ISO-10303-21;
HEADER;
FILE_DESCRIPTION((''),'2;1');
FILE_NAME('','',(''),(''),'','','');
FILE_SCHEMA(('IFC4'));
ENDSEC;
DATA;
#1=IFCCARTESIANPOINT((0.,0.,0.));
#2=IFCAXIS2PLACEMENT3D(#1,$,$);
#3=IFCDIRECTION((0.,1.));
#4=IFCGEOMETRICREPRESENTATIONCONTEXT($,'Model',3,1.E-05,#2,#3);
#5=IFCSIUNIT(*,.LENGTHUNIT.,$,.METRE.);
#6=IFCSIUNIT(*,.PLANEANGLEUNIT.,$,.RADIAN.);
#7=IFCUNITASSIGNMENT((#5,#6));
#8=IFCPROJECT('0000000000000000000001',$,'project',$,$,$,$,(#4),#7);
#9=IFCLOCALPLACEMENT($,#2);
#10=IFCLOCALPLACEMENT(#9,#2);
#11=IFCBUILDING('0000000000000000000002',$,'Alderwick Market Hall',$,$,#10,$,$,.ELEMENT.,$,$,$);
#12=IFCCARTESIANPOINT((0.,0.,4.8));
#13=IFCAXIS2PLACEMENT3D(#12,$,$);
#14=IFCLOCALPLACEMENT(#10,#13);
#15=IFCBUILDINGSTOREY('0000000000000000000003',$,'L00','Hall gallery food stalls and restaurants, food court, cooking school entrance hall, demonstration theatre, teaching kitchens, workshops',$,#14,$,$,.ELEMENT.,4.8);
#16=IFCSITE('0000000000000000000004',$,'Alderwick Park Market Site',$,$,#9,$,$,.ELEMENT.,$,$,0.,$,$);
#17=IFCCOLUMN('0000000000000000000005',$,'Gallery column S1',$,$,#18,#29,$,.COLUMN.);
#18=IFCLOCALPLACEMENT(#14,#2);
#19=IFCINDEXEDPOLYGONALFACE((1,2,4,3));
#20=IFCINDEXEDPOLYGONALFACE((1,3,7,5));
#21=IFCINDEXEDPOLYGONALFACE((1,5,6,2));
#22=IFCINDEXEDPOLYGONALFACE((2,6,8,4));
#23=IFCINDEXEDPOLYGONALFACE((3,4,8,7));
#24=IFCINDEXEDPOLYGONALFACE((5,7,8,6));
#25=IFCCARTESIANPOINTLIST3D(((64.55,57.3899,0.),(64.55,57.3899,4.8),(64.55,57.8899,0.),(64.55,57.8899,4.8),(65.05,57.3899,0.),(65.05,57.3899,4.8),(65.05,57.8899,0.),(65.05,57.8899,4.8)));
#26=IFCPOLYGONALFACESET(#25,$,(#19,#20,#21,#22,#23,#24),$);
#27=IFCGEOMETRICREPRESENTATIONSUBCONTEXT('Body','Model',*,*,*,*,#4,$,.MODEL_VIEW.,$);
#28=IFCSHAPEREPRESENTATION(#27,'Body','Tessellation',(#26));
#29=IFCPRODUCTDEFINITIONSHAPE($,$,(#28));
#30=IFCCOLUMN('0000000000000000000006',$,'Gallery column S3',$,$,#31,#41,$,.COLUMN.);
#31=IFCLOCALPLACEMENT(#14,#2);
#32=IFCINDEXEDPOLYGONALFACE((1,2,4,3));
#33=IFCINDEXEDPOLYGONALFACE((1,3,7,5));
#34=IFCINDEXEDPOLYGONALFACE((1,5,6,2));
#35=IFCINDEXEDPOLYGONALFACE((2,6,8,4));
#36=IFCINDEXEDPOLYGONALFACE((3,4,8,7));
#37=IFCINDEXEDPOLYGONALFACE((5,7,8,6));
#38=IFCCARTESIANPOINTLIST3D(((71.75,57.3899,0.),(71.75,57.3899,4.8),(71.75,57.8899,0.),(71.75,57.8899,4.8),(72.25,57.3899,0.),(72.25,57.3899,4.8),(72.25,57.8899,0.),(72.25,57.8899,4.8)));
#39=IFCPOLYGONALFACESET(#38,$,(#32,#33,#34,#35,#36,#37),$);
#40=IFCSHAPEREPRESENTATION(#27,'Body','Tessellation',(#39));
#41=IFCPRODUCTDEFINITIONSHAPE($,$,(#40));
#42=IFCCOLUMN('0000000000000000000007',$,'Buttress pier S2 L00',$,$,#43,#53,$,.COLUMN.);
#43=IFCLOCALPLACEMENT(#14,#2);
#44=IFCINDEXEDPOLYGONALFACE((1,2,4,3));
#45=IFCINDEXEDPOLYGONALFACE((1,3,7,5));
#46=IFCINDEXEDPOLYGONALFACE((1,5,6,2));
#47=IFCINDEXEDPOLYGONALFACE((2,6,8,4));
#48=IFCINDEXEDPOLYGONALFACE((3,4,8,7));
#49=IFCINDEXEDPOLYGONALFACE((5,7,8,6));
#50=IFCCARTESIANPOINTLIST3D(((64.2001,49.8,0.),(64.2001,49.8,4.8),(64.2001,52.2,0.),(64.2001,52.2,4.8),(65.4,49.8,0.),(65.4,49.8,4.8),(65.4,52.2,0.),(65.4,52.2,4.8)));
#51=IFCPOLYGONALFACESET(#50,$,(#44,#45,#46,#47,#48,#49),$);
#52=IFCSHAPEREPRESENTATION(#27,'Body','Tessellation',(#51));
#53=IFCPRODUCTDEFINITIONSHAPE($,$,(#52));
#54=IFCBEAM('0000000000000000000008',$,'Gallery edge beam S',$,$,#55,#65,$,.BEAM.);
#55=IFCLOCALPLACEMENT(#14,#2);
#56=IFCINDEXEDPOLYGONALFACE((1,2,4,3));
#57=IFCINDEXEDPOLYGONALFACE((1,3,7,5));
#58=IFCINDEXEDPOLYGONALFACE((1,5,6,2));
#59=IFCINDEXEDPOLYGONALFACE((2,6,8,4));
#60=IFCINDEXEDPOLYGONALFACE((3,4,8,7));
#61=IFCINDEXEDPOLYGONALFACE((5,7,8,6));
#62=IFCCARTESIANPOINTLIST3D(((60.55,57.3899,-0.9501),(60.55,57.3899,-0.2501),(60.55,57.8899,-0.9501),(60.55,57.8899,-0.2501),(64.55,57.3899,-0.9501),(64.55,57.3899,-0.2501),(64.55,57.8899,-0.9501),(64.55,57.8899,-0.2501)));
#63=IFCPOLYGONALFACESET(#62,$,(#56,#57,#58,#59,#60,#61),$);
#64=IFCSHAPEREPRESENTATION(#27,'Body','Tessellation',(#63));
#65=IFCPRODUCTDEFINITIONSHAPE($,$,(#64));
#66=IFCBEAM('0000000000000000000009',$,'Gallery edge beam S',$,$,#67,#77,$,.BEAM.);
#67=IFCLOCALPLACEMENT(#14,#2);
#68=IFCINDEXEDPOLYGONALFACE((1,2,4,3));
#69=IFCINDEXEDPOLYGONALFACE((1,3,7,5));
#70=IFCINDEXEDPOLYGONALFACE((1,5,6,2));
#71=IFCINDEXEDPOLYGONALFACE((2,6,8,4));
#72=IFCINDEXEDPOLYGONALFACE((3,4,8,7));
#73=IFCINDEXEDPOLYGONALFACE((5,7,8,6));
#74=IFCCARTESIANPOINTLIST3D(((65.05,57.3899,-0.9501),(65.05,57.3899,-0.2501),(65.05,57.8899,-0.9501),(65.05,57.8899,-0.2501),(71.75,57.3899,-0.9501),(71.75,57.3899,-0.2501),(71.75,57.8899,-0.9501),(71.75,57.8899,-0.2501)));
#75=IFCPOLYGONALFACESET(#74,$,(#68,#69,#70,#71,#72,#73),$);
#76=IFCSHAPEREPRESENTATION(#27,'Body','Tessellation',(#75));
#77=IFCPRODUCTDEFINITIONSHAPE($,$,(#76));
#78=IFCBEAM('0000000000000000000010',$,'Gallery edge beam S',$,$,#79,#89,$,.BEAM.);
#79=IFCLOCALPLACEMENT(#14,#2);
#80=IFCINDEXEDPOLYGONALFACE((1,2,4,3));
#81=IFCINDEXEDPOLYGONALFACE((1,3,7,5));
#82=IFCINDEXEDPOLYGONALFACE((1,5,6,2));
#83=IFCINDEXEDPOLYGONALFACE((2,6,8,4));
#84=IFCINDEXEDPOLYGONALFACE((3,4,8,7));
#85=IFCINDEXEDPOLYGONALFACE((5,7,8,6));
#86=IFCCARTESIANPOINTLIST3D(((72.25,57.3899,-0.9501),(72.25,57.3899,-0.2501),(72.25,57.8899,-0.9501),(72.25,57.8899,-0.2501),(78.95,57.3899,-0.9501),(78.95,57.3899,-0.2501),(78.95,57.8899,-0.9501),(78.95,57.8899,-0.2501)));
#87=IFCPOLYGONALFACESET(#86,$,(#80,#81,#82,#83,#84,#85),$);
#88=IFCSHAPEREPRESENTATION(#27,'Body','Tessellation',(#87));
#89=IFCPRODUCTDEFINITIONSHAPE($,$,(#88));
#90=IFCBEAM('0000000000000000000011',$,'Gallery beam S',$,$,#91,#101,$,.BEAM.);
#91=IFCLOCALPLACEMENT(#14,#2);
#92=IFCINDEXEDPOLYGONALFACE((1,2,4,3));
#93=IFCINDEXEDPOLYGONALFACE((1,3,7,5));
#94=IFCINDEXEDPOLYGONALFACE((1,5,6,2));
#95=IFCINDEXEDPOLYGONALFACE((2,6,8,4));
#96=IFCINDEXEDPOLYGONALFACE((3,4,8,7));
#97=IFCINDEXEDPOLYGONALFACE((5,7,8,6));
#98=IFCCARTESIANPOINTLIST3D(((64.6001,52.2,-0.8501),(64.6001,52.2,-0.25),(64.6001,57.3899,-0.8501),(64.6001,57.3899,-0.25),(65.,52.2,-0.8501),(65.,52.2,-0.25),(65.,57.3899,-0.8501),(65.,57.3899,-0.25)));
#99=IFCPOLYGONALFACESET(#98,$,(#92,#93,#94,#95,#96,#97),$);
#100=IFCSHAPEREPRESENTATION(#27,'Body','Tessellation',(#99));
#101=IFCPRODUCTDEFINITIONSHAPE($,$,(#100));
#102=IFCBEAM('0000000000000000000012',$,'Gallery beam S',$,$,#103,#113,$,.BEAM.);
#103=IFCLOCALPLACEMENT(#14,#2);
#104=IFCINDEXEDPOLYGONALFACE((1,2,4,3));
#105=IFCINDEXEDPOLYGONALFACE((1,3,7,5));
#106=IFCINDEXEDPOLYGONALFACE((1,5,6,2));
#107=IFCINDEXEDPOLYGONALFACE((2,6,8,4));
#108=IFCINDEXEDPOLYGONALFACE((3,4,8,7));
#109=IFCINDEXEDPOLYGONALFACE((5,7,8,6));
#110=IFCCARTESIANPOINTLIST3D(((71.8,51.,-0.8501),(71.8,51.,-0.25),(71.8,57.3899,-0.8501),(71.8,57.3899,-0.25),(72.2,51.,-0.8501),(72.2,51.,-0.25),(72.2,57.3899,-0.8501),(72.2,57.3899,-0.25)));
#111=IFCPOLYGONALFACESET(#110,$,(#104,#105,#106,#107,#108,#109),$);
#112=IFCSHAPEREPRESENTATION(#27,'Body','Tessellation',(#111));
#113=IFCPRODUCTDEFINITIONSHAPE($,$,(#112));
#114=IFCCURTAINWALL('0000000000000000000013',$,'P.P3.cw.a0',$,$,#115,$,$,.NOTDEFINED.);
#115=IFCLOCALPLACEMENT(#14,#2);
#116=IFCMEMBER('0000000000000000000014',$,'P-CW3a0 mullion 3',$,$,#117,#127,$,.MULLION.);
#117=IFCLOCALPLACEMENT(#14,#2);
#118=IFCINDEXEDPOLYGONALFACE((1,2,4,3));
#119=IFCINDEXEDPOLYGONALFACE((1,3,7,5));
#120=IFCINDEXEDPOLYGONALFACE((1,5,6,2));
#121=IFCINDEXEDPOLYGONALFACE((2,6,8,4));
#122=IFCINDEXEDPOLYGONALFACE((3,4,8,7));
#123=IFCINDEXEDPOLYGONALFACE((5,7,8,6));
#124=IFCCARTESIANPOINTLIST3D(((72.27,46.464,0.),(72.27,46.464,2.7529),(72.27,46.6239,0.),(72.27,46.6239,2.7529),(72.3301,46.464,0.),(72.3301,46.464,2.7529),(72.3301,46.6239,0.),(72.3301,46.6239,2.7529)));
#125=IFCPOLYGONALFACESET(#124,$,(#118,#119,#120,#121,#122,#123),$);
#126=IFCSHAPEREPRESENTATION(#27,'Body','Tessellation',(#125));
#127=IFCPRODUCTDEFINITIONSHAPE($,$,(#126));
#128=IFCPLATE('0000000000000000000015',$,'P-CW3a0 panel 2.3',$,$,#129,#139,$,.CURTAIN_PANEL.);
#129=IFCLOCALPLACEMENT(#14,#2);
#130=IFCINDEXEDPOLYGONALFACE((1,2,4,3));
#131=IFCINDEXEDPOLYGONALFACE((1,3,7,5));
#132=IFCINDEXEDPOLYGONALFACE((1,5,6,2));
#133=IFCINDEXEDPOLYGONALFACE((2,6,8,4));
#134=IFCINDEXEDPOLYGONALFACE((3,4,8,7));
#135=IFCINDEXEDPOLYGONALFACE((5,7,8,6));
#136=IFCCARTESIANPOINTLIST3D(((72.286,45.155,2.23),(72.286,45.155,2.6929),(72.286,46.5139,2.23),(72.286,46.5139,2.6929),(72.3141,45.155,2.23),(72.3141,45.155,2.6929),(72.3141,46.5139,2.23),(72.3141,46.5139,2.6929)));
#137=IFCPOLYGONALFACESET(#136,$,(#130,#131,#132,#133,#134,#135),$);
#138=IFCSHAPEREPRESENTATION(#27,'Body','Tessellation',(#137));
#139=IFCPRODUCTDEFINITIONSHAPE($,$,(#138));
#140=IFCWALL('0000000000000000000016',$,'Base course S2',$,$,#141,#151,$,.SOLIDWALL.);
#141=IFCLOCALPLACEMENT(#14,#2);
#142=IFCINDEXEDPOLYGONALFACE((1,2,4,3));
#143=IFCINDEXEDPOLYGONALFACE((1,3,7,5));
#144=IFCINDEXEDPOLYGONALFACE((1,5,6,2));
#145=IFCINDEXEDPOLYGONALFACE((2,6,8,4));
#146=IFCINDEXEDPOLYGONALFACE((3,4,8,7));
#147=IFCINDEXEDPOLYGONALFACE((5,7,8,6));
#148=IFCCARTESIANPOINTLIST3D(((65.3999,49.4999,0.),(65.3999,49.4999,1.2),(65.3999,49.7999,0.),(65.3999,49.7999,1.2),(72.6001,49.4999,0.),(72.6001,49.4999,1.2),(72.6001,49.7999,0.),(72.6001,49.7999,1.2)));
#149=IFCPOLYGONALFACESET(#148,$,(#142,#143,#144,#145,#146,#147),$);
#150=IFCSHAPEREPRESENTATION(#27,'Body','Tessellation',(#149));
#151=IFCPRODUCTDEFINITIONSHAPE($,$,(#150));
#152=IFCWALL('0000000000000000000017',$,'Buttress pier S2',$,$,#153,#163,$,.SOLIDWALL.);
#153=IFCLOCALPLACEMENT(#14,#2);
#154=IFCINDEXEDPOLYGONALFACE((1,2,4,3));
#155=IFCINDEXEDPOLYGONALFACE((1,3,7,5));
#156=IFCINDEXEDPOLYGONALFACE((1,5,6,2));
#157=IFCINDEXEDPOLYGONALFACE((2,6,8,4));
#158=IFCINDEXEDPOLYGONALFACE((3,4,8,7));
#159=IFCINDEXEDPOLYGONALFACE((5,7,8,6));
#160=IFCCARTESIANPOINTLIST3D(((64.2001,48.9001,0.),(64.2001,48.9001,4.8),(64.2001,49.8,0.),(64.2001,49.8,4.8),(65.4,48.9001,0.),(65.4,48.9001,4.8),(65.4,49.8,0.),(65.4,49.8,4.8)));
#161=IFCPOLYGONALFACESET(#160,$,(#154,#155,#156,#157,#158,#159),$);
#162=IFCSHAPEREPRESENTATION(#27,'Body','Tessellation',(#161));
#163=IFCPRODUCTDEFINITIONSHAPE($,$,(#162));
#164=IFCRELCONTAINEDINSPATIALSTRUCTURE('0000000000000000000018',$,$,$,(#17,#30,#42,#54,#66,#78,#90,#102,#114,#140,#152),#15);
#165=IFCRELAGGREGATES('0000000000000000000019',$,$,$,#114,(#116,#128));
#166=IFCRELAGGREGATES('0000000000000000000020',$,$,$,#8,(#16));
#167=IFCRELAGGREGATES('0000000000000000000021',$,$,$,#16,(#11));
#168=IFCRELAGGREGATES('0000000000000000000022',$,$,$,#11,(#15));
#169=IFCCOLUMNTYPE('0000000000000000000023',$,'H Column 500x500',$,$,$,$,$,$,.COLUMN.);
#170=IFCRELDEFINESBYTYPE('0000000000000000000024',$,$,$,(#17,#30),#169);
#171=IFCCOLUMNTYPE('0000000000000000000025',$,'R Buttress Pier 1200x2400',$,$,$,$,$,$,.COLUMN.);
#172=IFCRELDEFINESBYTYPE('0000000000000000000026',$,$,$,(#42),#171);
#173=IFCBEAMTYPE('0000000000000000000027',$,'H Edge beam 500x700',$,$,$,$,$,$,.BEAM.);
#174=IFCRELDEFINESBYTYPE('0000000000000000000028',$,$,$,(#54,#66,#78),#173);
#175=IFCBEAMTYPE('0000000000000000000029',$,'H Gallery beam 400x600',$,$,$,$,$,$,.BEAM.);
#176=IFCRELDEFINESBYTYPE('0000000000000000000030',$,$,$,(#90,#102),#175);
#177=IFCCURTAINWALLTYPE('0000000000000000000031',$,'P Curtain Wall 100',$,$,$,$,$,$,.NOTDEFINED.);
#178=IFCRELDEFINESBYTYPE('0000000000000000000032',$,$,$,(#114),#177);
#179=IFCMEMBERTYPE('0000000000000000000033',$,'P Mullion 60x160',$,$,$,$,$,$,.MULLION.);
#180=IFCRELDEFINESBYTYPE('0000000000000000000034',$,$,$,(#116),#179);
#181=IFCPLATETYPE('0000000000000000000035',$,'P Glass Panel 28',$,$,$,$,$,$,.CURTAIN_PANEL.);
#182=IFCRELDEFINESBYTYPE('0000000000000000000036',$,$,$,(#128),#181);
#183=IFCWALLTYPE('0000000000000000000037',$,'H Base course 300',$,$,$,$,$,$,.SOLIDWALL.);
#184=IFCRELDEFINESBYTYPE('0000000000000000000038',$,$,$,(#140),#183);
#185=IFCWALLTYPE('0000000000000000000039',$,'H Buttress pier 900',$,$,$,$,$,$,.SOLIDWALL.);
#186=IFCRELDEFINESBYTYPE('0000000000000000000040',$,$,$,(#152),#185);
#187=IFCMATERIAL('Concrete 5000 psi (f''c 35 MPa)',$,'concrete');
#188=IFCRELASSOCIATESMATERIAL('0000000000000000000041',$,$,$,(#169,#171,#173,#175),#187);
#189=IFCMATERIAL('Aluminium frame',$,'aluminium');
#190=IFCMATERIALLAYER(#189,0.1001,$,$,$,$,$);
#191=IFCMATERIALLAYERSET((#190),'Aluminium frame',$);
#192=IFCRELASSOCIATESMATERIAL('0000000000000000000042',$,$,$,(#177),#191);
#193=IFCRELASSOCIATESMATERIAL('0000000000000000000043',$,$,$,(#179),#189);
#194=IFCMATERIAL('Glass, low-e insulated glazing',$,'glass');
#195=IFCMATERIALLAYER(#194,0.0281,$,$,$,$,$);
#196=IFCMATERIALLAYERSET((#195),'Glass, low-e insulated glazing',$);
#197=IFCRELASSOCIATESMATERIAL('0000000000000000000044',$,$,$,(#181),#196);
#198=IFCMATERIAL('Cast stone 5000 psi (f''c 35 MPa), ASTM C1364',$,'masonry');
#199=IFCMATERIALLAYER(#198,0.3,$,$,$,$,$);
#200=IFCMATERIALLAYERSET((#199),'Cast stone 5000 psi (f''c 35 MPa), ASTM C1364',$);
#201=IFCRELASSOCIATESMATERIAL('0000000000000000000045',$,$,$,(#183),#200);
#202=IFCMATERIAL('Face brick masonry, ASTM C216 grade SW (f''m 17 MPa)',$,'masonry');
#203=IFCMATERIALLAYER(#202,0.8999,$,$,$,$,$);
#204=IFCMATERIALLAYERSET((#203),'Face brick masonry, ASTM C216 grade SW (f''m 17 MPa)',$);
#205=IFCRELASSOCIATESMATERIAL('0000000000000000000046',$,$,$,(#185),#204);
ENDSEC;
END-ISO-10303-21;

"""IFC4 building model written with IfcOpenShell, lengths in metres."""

from ifc_helpers import new_model, si_unit, direction, frame, frame_2d, origin, origin_2d, place, context, subcontext, project, spatial, rectangle, extrude, material, layer, layer_set, material_profile, profile_set, type_object, element, aggregate, save


model = new_model("IFC4")

# Units and contexts
model_context = context("Model", 3, precision=1e-05, world=origin(), true_north=direction((0.0, 1.0)))
body_context = subcontext(model_context, "Body", "Model", "MODEL_VIEW")
ifc_project = project(units=[si_unit("LENGTHUNIT", "METRE"), si_unit("PLANEANGLEUNIT", "RADIAN")], contexts=[model_context])

# Site, building, storey
site_placement = place(None, origin())
site = spatial("IfcSite", under=ifc_project, at=site_placement, Name="Alderwick Park Market Site", CompositionType="ELEMENT", RefElevation=0.0)
building_placement = place(site_placement, origin())
building = spatial("IfcBuilding", under=site, at=building_placement, Name="Alderwick Market Hall", CompositionType="ELEMENT")
storey_placement = place(building_placement, frame((0.0, 0.0, 4.8)))
storey = spatial("IfcBuildingStorey", under=building, at=storey_placement, Name="L00", Description="Hall gallery food stalls and restaurants, food court, cooking school entrance hall, demonstration theatre, teaching kitchens, workshops", CompositionType="ELEMENT", Elevation=4.8)

# Columns
ifc_material_1 = material(Name="Concrete 5000 psi (f'c 35 MPa)", Category="concrete")
ifc_material_profile_1 = material_profile(ifc_material_1, rectangle(XDim=0.5, YDim=0.5, at=origin_2d()), Name="RC 500x500")
ifc_profile_set_1 = profile_set([ifc_material_profile_1], Name="Concrete 5000 psi (f'c 35 MPa)")
column_type_1 = type_object("IfcColumnType", Name="H Column 500x500", PredefinedType="COLUMN", material=ifc_profile_set_1)
for number, where, z_axis, x_axis, name in (
    (1, (64.8, 57.6399, 0.0), (0.0, 0.0, 1.0), (1.0, 0.0, 0.0), "Gallery column S1"),
    (2, (72.0, 57.6399, 0.0), (0.0, 0.0, 1.0), (1.0, 0.0, 0.0), "Gallery column S3"),
):
    element("IfcColumn", number, at=place(storey_placement, frame(where, z_axis=z_axis, x_axis=x_axis)), inside=storey, type_object=column_type_1, Name=name, PredefinedType="COLUMN", context=body_context, shape_type="SweptSolid", body=[
        extrude(rectangle(XDim=0.5, YDim=0.5, at=origin_2d()), origin(), (0.0, 0.0, 1.0), 4.8),
    ])
ifc_material_profile_2 = material_profile(ifc_material_1, rectangle(XDim=1.2, YDim=2.3999, at=origin_2d()), Name="RC 1200x2400")
ifc_profile_set_2 = profile_set([ifc_material_profile_2], Name="Concrete 5000 psi (f'c 35 MPa)")
column_type_2 = type_object("IfcColumnType", Name="R Buttress Pier 1200x2400", PredefinedType="COLUMN", material=ifc_profile_set_2)
column_placement = place(storey_placement, frame((64.8, 51.0, 0.0), z_axis=(0.0, 0.0, 1.0), x_axis=(1.0, 0.0, 0.0)))
element("IfcColumn", 3, at=column_placement, inside=storey, type_object=column_type_2, Name="Buttress pier S2 L00", PredefinedType="COLUMN", context=body_context, shape_type="SweptSolid", body=[
    extrude(rectangle(XDim=1.2, YDim=2.3999, at=origin_2d()), origin(), (0.0, 0.0, 1.0), 4.8),
])

# Beams
ifc_material_profile_3 = material_profile(ifc_material_1, rectangle(XDim=0.5, YDim=0.7, at=origin_2d()), Name="RC 500x700")
ifc_profile_set_3 = profile_set([ifc_material_profile_3], Name="Concrete 5000 psi (f'c 35 MPa)")
beam_type_1 = type_object("IfcBeamType", Name="H Edge beam 500x700", PredefinedType="BEAM", material=ifc_profile_set_3)
beam_1_placement = place(storey_placement, frame((60.55, 57.6399, -0.6001), z_axis=(1.0, 0.0, 0.0), x_axis=(0.0, 1.0, 0.0)))
element("IfcBeam", 4, at=beam_1_placement, inside=storey, type_object=beam_type_1, Name="Gallery edge beam S", PredefinedType="BEAM", context=body_context, shape_type="SweptSolid", body=[
    extrude(rectangle(XDim=0.5, YDim=0.7, at=origin_2d()), origin(), (0.0, 0.0, 1.0), 4.0),
])
for number, where, z_axis, x_axis, name in (
    (5, (65.05, 57.6399, -0.6001), (1.0, 0.0, 0.0), (0.0, 1.0, 0.0), "Gallery edge beam S"),
    (6, (72.25, 57.6399, -0.6001), (1.0, 0.0, 0.0), (0.0, 1.0, 0.0), "Gallery edge beam S"),
):
    element("IfcBeam", number, at=place(storey_placement, frame(where, z_axis=z_axis, x_axis=x_axis)), inside=storey, type_object=beam_type_1, Name=name, PredefinedType="BEAM", context=body_context, shape_type="SweptSolid", body=[
        extrude(rectangle(XDim=0.5, YDim=0.7, at=origin_2d()), origin(), (0.0, 0.0, 1.0), 6.7),
    ])
ifc_material_profile_4 = material_profile(ifc_material_1, rectangle(XDim=0.3999, YDim=0.6001, at=origin_2d()), Name="RC 400x600")
ifc_profile_set_4 = profile_set([ifc_material_profile_4], Name="Concrete 5000 psi (f'c 35 MPa)")
beam_type_2 = type_object("IfcBeamType", Name="H Gallery beam 400x600", PredefinedType="BEAM", material=ifc_profile_set_4)
beam_2_placement = place(storey_placement, frame((64.8, 52.2, -0.55), z_axis=(0.0, 1.0, 0.0), x_axis=(-1.0, 0.0, 0.0)))
element("IfcBeam", 7, at=beam_2_placement, inside=storey, type_object=beam_type_2, Name="Gallery beam S", PredefinedType="BEAM", context=body_context, shape_type="SweptSolid", body=[
    extrude(rectangle(XDim=0.3999, YDim=0.6001, at=origin_2d()), origin(), (0.0, 0.0, 1.0), 5.1899),
])
beam_3_placement = place(storey_placement, frame((72.0, 51.0, -0.55), z_axis=(0.0, 1.0, 0.0), x_axis=(-1.0, 0.0, 0.0)))
element("IfcBeam", 8, at=beam_3_placement, inside=storey, type_object=beam_type_2, Name="Gallery beam S", PredefinedType="BEAM", context=body_context, shape_type="SweptSolid", body=[
    extrude(rectangle(XDim=0.3999, YDim=0.6001, at=origin_2d()), origin(), (0.0, 0.0, 1.0), 6.3899),
])

# Curtain wall, member, plate
ifc_material_2 = material(Name="Aluminium frame", Category="aluminium")
ifc_layer_1 = layer(ifc_material_2, 0.1001)
ifc_layer_set_1 = layer_set([ifc_layer_1], Name="Aluminium frame")
curtain_wall_type = type_object("IfcCurtainWallType", Name="P Curtain Wall 100", PredefinedType="NOTDEFINED", material=ifc_layer_set_1)
curtain_wall_placement = place(storey_placement, origin())
curtain_wall = element("IfcCurtainWall", 9, at=curtain_wall_placement, inside=storey, type_object=curtain_wall_type, Name="P.P3.cw.a0", PredefinedType="NOTDEFINED")
ifc_material_profile_5 = material_profile(ifc_material_2, rectangle(XDim=0.0601, YDim=0.1599, at=origin_2d()), Name="P Mullion 60x160")
ifc_profile_set_5 = profile_set([ifc_material_profile_5], Name="Aluminium frame")
member_type = type_object("IfcMemberType", Name="P Mullion 60x160", PredefinedType="MULLION", material=ifc_profile_set_5)
member_placement = place(storey_placement, frame((72.3, 46.5439, 0.0), z_axis=(0.0, 0.0, 1.0), x_axis=(-1.0, 0.0, 0.0)))
member = element("IfcMember", 10, at=member_placement, type_object=member_type, Name="P-CW3a0 mullion 3", PredefinedType="MULLION", context=body_context, shape_type="SweptSolid", body=[
    extrude(rectangle(XDim=0.0601, YDim=0.1599, at=origin_2d()), origin(), (0.0, 0.0, 1.0), 2.7529),
])
ifc_material_3 = material(Name="Glass, low-e insulated glazing", Category="glass")
ifc_layer_2 = layer(ifc_material_3, 0.0281)
ifc_layer_set_2 = layer_set([ifc_layer_2], Name="Glass, low-e insulated glazing")
plate_type = type_object("IfcPlateType", Name="P Glass Panel 28", PredefinedType="CURTAIN_PANEL", material=ifc_layer_set_2)
plate_placement = place(storey_placement, frame((72.3, 45.8345, 2.23), z_axis=(0.0, 0.0, 1.0), x_axis=(0.0, 1.0, 0.0)))
plate = element("IfcPlate", 11, at=plate_placement, type_object=plate_type, Name="P-CW3a0 panel 2.3", PredefinedType="CURTAIN_PANEL", context=body_context, shape_type="SweptSolid", body=[
    extrude(rectangle(XDim=1.3589, YDim=0.0281, at=origin_2d()), origin(), (0.0, 0.0, 1.0), 0.4629),
])
aggregate(curtain_wall, [member, plate])

# Walls
ifc_material_4 = material(Name="Cast stone 5000 psi (f'c 35 MPa), ASTM C1364", Category="masonry")
ifc_layer_3 = layer(ifc_material_4, 0.3)
ifc_layer_set_3 = layer_set([ifc_layer_3], Name="Cast stone 5000 psi (f'c 35 MPa), ASTM C1364")
wall_type_1 = type_object("IfcWallType", Name="H Base course 300", PredefinedType="SOLIDWALL", material=ifc_layer_set_3)
wall_1_placement = place(storey_placement, frame((65.3999, 49.6499, 0.0), z_axis=(0.0, 0.0, 1.0), x_axis=(1.0, 0.0, 0.0)))
element("IfcWall", 12, at=wall_1_placement, inside=storey, type_object=wall_type_1, Name="Base course S2", PredefinedType="SOLIDWALL", context=body_context, shape_type="SweptSolid", body=[
    extrude(rectangle(XDim=7.2002, YDim=0.3, at=frame_2d((3.6001, 0.0))), origin(), (0.0, 0.0, 1.0), 1.2),
])
ifc_material_5 = material(Name="Face brick masonry, ASTM C216 grade SW (f'm 17 MPa)", Category="masonry")
ifc_layer_4 = layer(ifc_material_5, 0.8999)
ifc_layer_set_4 = layer_set([ifc_layer_4], Name="Face brick masonry, ASTM C216 grade SW (f'm 17 MPa)")
wall_type_2 = type_object("IfcWallType", Name="H Buttress pier 900", PredefinedType="SOLIDWALL", material=ifc_layer_set_4)
wall_2_placement = place(storey_placement, frame((64.2, 49.3501, 0.0), z_axis=(0.0, 0.0, 1.0), x_axis=(1.0, 0.0, 0.0)))
element("IfcWall", 13, at=wall_2_placement, inside=storey, type_object=wall_type_2, Name="Buttress pier S2", PredefinedType="SOLIDWALL", context=body_context, shape_type="SweptSolid", body=[
    extrude(rectangle(XDim=1.2, YDim=0.8999, at=frame_2d((0.6001, 0.0))), origin(), (0.0, 0.0, 1.0), 4.8),
])

save(model, "model.ifc")
